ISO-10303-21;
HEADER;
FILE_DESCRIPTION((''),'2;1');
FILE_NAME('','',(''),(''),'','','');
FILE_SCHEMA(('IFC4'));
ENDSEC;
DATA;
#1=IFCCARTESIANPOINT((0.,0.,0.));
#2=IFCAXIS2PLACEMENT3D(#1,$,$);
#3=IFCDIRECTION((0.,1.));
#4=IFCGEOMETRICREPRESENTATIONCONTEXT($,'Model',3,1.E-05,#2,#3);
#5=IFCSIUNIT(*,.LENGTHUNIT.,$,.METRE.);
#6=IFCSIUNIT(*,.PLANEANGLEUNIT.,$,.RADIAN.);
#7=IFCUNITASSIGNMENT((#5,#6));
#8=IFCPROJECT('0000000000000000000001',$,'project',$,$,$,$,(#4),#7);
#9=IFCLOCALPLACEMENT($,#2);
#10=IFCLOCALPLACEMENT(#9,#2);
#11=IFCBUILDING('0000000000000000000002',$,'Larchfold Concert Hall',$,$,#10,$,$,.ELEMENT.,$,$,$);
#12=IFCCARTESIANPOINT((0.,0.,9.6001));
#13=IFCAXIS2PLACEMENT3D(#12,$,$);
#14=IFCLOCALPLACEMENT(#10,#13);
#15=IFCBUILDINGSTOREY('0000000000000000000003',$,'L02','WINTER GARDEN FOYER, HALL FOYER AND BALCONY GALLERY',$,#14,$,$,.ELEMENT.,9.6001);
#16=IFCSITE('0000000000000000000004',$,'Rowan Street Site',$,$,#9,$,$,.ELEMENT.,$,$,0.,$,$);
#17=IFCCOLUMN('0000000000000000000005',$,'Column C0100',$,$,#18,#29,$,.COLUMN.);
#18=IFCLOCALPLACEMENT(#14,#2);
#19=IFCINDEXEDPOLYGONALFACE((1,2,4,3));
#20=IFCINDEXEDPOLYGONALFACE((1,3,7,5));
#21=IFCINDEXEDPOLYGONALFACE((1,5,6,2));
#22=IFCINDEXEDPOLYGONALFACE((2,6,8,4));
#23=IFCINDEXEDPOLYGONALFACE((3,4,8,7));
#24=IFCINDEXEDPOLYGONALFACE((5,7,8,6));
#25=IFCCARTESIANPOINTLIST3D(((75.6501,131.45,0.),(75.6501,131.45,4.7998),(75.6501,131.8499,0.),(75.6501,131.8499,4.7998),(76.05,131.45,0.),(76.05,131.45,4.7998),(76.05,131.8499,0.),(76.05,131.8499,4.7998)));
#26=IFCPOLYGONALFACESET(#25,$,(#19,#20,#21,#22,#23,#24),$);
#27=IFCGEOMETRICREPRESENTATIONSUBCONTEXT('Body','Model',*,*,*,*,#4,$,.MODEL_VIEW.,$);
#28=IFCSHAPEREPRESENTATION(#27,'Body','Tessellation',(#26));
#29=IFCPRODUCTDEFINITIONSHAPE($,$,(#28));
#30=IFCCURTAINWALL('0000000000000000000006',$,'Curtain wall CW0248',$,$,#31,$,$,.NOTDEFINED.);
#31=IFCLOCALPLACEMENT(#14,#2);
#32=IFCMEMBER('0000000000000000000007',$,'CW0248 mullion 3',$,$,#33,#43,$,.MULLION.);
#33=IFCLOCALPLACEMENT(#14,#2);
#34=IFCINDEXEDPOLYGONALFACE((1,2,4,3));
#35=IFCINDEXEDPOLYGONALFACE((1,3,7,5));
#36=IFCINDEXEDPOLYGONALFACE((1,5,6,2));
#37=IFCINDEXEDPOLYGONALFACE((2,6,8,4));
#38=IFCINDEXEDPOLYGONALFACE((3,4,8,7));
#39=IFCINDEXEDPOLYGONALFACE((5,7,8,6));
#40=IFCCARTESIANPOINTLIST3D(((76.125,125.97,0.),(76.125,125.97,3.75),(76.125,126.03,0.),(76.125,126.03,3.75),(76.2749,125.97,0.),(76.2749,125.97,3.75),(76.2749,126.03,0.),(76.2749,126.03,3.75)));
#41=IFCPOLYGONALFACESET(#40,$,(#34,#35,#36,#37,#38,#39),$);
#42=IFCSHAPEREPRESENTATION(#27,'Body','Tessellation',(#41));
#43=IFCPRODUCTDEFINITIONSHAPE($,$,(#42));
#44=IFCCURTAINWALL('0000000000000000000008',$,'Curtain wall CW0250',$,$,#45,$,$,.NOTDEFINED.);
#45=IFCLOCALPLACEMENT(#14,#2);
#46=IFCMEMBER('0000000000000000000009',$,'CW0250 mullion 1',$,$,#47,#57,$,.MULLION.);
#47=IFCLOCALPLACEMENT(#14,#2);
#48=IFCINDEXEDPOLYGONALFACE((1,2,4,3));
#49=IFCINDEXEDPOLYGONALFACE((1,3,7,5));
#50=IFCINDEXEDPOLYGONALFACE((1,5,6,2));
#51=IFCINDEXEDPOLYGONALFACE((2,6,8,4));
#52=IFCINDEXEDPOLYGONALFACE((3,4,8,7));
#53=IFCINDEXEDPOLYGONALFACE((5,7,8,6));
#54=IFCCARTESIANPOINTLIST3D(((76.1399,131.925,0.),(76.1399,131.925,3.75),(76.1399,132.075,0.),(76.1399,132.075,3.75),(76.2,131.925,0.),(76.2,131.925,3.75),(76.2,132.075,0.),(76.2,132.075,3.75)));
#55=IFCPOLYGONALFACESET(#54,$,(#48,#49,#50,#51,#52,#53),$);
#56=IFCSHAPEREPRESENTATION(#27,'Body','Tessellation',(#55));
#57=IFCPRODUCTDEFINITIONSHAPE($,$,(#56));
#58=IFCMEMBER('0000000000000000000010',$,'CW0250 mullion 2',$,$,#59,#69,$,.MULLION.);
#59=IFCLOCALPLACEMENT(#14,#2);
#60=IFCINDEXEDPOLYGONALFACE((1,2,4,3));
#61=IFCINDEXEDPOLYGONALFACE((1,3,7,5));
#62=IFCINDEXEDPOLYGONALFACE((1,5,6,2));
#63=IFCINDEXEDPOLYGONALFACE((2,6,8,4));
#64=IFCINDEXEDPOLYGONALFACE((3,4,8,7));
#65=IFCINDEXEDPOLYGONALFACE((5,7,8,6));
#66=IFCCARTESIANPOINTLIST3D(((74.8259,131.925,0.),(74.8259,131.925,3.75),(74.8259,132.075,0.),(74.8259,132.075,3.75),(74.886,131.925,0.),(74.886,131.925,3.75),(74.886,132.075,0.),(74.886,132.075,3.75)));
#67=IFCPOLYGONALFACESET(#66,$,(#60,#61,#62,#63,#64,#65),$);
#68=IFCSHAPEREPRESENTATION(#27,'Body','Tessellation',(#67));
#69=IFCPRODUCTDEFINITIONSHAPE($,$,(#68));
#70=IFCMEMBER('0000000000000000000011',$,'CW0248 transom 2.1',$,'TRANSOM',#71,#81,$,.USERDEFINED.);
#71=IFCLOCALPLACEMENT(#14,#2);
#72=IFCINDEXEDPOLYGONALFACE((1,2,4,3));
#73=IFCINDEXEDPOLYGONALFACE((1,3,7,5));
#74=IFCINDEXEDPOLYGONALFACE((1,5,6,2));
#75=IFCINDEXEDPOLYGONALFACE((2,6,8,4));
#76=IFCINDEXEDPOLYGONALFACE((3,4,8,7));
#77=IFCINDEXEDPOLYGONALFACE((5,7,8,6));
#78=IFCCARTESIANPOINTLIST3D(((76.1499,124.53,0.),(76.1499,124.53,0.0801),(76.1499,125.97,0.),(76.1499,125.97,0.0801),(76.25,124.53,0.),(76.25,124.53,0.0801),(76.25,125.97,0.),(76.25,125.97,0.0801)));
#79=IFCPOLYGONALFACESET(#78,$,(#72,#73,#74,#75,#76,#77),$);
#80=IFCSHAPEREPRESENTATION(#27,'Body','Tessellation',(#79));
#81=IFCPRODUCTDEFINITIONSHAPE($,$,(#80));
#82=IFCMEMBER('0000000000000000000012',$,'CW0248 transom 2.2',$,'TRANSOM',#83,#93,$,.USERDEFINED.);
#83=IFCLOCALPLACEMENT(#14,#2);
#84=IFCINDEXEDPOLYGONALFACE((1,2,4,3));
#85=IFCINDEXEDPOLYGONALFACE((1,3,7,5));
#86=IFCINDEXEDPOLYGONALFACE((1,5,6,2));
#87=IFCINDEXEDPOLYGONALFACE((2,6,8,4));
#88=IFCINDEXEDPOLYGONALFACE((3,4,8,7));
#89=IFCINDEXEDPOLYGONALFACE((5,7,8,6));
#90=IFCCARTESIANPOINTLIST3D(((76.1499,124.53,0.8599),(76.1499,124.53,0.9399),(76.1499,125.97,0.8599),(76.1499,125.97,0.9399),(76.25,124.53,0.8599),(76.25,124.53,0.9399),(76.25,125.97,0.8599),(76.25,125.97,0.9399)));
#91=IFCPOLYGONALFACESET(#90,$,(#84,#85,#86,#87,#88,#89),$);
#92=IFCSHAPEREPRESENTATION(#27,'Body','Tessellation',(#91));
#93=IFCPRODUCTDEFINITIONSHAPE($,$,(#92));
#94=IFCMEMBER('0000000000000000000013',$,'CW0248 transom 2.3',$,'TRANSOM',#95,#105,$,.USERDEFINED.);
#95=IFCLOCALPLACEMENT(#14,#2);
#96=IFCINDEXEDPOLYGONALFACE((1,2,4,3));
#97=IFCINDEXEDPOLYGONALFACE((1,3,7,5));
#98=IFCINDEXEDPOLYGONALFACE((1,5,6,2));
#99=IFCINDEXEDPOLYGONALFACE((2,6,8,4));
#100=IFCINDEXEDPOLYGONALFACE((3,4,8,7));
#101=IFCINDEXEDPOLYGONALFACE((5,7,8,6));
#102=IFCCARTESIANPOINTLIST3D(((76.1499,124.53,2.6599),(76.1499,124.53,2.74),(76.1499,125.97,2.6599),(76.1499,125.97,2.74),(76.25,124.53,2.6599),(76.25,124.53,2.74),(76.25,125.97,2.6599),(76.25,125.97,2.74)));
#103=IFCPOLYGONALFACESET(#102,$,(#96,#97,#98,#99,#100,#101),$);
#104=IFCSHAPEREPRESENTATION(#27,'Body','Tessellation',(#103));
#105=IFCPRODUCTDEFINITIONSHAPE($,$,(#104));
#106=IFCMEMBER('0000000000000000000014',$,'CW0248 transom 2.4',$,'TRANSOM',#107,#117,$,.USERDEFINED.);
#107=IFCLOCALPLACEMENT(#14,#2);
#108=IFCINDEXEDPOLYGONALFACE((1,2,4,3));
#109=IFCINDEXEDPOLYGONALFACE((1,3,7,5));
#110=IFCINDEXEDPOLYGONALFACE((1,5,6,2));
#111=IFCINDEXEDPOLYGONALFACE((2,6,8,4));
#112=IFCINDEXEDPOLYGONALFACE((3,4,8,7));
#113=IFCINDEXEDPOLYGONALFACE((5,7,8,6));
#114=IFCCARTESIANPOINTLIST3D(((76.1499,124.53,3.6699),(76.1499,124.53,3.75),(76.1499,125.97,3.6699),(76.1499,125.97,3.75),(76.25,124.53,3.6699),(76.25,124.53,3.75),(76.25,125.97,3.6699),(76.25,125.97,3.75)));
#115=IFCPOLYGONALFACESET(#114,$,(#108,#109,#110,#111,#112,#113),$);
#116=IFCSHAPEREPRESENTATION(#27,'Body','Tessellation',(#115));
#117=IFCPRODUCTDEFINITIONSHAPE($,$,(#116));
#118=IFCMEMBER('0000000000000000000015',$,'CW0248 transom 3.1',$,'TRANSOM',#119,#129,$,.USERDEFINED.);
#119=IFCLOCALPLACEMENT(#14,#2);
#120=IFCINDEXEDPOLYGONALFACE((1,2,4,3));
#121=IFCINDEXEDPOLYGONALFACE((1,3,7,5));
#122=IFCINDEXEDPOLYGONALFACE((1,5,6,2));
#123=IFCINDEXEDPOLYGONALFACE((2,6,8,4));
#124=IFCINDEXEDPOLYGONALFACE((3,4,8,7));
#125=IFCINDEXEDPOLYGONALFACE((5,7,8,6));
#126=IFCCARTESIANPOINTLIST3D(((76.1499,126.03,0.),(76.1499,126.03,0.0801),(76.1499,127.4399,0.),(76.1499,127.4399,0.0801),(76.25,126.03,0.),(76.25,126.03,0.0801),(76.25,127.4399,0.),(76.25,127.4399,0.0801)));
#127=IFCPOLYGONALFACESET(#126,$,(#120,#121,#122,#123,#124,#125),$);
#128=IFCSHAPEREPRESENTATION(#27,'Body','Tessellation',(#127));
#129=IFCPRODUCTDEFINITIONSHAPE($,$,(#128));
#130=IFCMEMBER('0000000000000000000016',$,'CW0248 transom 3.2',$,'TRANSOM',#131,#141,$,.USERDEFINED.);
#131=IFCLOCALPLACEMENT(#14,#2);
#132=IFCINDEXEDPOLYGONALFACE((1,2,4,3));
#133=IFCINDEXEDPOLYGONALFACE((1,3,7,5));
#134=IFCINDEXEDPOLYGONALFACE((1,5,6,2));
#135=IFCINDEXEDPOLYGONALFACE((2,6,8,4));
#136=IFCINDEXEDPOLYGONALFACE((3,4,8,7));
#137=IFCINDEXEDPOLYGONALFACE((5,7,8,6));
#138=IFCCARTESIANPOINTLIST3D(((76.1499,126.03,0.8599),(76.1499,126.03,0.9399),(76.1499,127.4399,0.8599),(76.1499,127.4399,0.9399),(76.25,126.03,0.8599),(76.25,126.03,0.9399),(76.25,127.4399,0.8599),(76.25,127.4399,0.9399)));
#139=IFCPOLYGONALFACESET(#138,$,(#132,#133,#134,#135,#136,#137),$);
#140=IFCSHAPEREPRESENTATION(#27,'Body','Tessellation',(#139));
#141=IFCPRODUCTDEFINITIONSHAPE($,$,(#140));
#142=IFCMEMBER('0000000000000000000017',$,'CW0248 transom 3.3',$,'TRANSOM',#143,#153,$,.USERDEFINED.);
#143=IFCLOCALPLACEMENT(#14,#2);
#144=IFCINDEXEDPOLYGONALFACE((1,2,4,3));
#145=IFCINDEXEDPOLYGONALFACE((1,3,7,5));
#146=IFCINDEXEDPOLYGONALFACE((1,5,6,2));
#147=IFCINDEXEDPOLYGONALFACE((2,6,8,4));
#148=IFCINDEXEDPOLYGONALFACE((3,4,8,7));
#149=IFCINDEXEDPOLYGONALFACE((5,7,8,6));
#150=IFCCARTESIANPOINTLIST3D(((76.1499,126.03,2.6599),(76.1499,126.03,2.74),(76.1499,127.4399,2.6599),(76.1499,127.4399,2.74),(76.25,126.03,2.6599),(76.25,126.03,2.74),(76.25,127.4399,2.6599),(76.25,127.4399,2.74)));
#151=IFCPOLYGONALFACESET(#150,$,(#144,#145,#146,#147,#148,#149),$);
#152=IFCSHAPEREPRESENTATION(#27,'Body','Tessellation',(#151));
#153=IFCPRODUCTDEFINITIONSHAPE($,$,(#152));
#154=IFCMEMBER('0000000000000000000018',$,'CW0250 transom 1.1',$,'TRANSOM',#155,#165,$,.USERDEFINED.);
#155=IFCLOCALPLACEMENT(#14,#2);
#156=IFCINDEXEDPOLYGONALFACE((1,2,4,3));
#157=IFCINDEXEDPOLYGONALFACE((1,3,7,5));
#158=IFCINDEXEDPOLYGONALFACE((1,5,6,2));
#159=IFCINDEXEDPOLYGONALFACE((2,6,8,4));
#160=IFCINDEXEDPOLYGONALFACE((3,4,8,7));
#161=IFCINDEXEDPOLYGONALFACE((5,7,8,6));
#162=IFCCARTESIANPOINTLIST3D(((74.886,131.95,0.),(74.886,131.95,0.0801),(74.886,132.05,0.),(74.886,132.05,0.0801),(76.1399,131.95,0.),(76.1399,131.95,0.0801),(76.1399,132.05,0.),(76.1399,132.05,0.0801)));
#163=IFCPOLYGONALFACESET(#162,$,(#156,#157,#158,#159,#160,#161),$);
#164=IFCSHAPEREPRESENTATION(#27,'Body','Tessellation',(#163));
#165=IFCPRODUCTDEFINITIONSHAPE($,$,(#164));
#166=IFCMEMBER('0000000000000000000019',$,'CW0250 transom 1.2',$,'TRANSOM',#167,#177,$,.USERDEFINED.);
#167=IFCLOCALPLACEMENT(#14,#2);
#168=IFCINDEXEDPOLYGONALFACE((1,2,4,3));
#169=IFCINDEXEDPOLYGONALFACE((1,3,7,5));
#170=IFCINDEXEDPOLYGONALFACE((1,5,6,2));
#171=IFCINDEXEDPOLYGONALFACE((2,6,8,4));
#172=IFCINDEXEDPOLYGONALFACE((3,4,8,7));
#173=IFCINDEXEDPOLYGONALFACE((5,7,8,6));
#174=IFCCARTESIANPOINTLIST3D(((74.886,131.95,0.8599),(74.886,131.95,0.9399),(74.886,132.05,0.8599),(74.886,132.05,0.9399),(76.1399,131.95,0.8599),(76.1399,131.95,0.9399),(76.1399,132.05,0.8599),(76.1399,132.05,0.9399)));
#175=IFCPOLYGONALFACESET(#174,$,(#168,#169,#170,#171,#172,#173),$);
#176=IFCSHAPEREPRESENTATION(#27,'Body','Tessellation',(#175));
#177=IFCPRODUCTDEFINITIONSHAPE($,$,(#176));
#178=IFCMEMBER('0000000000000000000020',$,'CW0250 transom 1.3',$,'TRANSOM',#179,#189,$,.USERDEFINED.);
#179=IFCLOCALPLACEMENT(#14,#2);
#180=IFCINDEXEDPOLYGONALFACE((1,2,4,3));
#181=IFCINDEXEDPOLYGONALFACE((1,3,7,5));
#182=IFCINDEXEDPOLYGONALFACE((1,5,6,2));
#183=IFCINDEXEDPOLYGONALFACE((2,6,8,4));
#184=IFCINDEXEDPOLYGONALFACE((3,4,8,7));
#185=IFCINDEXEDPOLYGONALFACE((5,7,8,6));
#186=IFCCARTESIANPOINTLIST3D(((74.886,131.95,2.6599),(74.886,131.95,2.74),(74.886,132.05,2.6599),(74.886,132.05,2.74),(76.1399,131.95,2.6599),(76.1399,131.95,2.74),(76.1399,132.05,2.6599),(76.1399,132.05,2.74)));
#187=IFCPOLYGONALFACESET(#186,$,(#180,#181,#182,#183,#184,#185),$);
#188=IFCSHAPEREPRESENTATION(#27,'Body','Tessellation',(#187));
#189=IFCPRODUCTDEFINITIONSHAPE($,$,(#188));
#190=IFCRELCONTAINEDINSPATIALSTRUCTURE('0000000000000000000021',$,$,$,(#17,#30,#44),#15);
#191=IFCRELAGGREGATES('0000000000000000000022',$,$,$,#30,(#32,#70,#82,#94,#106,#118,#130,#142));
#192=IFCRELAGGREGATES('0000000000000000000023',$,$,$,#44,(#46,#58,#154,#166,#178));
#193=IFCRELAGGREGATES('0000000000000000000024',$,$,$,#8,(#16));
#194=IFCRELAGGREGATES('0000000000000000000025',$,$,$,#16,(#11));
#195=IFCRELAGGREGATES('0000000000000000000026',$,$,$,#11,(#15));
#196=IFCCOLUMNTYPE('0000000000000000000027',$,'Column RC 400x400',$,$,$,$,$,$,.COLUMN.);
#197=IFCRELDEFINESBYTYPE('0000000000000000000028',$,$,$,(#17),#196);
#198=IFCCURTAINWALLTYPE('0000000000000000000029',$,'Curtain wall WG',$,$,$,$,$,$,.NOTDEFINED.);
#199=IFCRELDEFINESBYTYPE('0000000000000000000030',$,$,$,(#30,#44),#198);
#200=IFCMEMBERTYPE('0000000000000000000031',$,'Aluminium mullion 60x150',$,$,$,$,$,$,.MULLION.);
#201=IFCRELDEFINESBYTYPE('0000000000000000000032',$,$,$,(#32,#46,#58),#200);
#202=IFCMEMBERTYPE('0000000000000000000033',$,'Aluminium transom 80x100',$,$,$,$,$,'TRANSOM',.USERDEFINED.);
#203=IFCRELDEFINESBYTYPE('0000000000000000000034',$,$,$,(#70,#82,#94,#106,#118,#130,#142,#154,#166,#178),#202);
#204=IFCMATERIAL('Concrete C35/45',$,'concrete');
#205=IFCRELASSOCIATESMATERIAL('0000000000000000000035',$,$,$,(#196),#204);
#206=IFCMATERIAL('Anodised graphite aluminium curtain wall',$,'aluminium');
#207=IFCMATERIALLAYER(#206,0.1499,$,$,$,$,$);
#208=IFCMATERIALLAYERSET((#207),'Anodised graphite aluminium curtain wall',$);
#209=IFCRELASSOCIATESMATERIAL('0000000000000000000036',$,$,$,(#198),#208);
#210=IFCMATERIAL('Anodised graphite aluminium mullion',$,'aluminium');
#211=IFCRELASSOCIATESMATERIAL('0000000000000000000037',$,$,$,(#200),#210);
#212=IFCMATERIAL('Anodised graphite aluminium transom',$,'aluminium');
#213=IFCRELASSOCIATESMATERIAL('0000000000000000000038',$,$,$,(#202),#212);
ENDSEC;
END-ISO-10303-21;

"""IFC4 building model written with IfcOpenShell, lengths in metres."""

from ifc_helpers import new_model, si_unit, direction, frame, origin, origin_2d, place, context, subcontext, project, spatial, rectangle, extrude, material, layer, layer_set, material_profile, profile_set, type_object, element, aggregate, save


model = new_model("IFC4")

# Units and contexts
model_context = context("Model", 3, precision=1e-05, world=origin(), true_north=direction((0.0, 1.0)))
body_context = subcontext(model_context, "Body", "Model", "MODEL_VIEW")
ifc_project = project(units=[si_unit("LENGTHUNIT", "METRE"), si_unit("PLANEANGLEUNIT", "RADIAN")], contexts=[model_context])

# Site, building, storey
site_placement = place(None, origin())
site = spatial("IfcSite", under=ifc_project, at=site_placement, Name="Rowan Street Site", CompositionType="ELEMENT", RefElevation=0.0)
building_placement = place(site_placement, origin())
building = spatial("IfcBuilding", under=site, at=building_placement, Name="Larchfold Concert Hall", CompositionType="ELEMENT")
storey_placement = place(building_placement, frame((0.0, 0.0, 9.6001)))
storey = spatial("IfcBuildingStorey", under=building, at=storey_placement, Name="L02", Description="WINTER GARDEN FOYER, HALL FOYER AND BALCONY GALLERY", CompositionType="ELEMENT", Elevation=9.6001)

# Column
ifc_material_1 = material(Name="Concrete C35/45", Category="concrete")
ifc_material_profile_1 = material_profile(ifc_material_1, rectangle(XDim=0.3999, YDim=0.3999, at=origin_2d()))
ifc_profile_set_1 = profile_set([ifc_material_profile_1], Name="Concrete C35/45")
column_type = type_object("IfcColumnType", Name="Column RC 400x400", PredefinedType="COLUMN", material=ifc_profile_set_1)
column_placement = place(storey_placement, frame((75.8501, 131.6499, 0.0), z_axis=(0.0, 0.0, 1.0), x_axis=(1.0, 0.0, 0.0)))
element("IfcColumn", 1, at=column_placement, inside=storey, type_object=column_type, Name="Column C0100", PredefinedType="COLUMN", context=body_context, shape_type="SweptSolid", body=[
    extrude(rectangle(XDim=0.3999, YDim=0.3999, at=origin_2d()), origin(), (0.0, 0.0, 1.0), 4.7998),
])

# Curtain wall, member
ifc_material_2 = material(Name="Anodised graphite aluminium curtain wall", Category="aluminium")
ifc_layer_1 = layer(ifc_material_2, 0.1499)
ifc_layer_set_1 = layer_set([ifc_layer_1], Name="Anodised graphite aluminium curtain wall")
curtain_wall_type = type_object("IfcCurtainWallType", Name="Curtain wall WG", PredefinedType="NOTDEFINED", material=ifc_layer_set_1)
curtain_wall_1_placement = place(storey_placement, origin())
curtain_wall_1 = element("IfcCurtainWall", 2, at=curtain_wall_1_placement, inside=storey, type_object=curtain_wall_type, Name="Curtain wall CW0248", PredefinedType="NOTDEFINED")
ifc_material_3 = material(Name="Anodised graphite aluminium mullion", Category="aluminium")
ifc_material_profile_2 = material_profile(ifc_material_3, rectangle(XDim=0.1499, YDim=0.0601, at=origin_2d()))
ifc_profile_set_2 = profile_set([ifc_material_profile_2], Name="Anodised graphite aluminium mullion")
member_type_1 = type_object("IfcMemberType", Name="Aluminium mullion 60x150", PredefinedType="MULLION", material=ifc_profile_set_2)
member_1_placement = place(storey_placement, frame((76.2, 126.0, 0.0), z_axis=(0.0, 0.0, 1.0), x_axis=(-1.0, 0.0, 0.0)))
member_1 = element("IfcMember", 3, at=member_1_placement, type_object=member_type_1, Name="CW0248 mullion 3", PredefinedType="MULLION", context=body_context, shape_type="SweptSolid", body=[
    extrude(rectangle(XDim=0.1499, YDim=0.0601, at=origin_2d()), origin(), (0.0, 0.0, 1.0), 3.75),
])

# Curtain wall, members
curtain_wall_2_placement = place(storey_placement, origin())
curtain_wall_2 = element("IfcCurtainWall", 4, at=curtain_wall_2_placement, inside=storey, type_object=curtain_wall_type, Name="Curtain wall CW0250", PredefinedType="NOTDEFINED")
member_2_placement = place(storey_placement, frame((76.1699, 132.0, 0.0), z_axis=(0.0, 0.0, 1.0), x_axis=(0.0, -1.0, 0.0)))
member_2 = element("IfcMember", 5, at=member_2_placement, type_object=member_type_1, Name="CW0250 mullion 1", PredefinedType="MULLION", context=body_context, shape_type="SweptSolid", body=[
    extrude(rectangle(XDim=0.1499, YDim=0.0601, at=origin_2d()), origin(), (0.0, 0.0, 1.0), 3.75),
])
member_3_placement = place(storey_placement, frame((74.856, 132.0, 0.0), z_axis=(0.0, 0.0, 1.0), x_axis=(0.0, -1.0, 0.0)))
member_3 = element("IfcMember", 6, at=member_3_placement, type_object=member_type_1, Name="CW0250 mullion 2", PredefinedType="MULLION", context=body_context, shape_type="SweptSolid", body=[
    extrude(rectangle(XDim=0.1499, YDim=0.0601, at=origin_2d()), origin(), (0.0, 0.0, 1.0), 3.75),
])

# Members
ifc_material_4 = material(Name="Anodised graphite aluminium transom", Category="aluminium")
ifc_material_profile_3 = material_profile(ifc_material_4, rectangle(XDim=0.1001, YDim=0.0801, at=origin_2d()))
ifc_profile_set_3 = profile_set([ifc_material_profile_3], Name="Anodised graphite aluminium transom")
member_type_2 = type_object("IfcMemberType", Name="Aluminium transom 80x100", ElementType="TRANSOM", PredefinedType="USERDEFINED", material=ifc_profile_set_3)
member_4_placement = place(storey_placement, frame((76.2, 124.53, 0.04), z_axis=(0.0, 1.0, 0.0), x_axis=(-1.0, 0.0, 0.0)))
member_4 = element("IfcMember", 7, at=member_4_placement, type_object=member_type_2, Name="CW0248 transom 2.1", ObjectType="TRANSOM", PredefinedType="USERDEFINED", context=body_context, shape_type="SweptSolid", body=[
    extrude(rectangle(XDim=0.1001, YDim=0.0801, at=origin_2d()), origin(), (0.0, 0.0, 1.0), 1.4399),
])
member_5_placement = place(storey_placement, frame((76.2, 124.53, 0.8999), z_axis=(0.0, 1.0, 0.0), x_axis=(-1.0, 0.0, 0.0)))
member_5 = element("IfcMember", 8, at=member_5_placement, type_object=member_type_2, Name="CW0248 transom 2.2", ObjectType="TRANSOM", PredefinedType="USERDEFINED", context=body_context, shape_type="SweptSolid", body=[
    extrude(rectangle(XDim=0.1001, YDim=0.0801, at=origin_2d()), origin(), (0.0, 0.0, 1.0), 1.4399),
])
member_6_placement = place(storey_placement, frame((76.2, 124.53, 2.7), z_axis=(0.0, 1.0, 0.0), x_axis=(-1.0, 0.0, 0.0)))
member_6 = element("IfcMember", 9, at=member_6_placement, type_object=member_type_2, Name="CW0248 transom 2.3", ObjectType="TRANSOM", PredefinedType="USERDEFINED", context=body_context, shape_type="SweptSolid", body=[
    extrude(rectangle(XDim=0.1001, YDim=0.0801, at=origin_2d()), origin(), (0.0, 0.0, 1.0), 1.4399),
])
member_7_placement = place(storey_placement, frame((76.2, 124.53, 3.71), z_axis=(0.0, 1.0, 0.0), x_axis=(-1.0, 0.0, 0.0)))
member_7 = element("IfcMember", 10, at=member_7_placement, type_object=member_type_2, Name="CW0248 transom 2.4", ObjectType="TRANSOM", PredefinedType="USERDEFINED", context=body_context, shape_type="SweptSolid", body=[
    extrude(rectangle(XDim=0.1001, YDim=0.0801, at=origin_2d()), origin(), (0.0, 0.0, 1.0), 1.4399),
])
member_8_placement = place(storey_placement, frame((76.2, 126.03, 0.04), z_axis=(0.0, 1.0, 0.0), x_axis=(-1.0, 0.0, 0.0)))
member_8 = element("IfcMember", 11, at=member_8_placement, type_object=member_type_2, Name="CW0248 transom 3.1", ObjectType="TRANSOM", PredefinedType="USERDEFINED", context=body_context, shape_type="SweptSolid", body=[
    extrude(rectangle(XDim=0.1001, YDim=0.0801, at=origin_2d()), origin(), (0.0, 0.0, 1.0), 1.4099),
])
member_9_placement = place(storey_placement, frame((76.2, 126.03, 0.8999), z_axis=(0.0, 1.0, 0.0), x_axis=(-1.0, 0.0, 0.0)))
member_9 = element("IfcMember", 12, at=member_9_placement, type_object=member_type_2, Name="CW0248 transom 3.2", ObjectType="TRANSOM", PredefinedType="USERDEFINED", context=body_context, shape_type="SweptSolid", body=[
    extrude(rectangle(XDim=0.1001, YDim=0.0801, at=origin_2d()), origin(), (0.0, 0.0, 1.0), 1.4099),
])
member_10_placement = place(storey_placement, frame((76.2, 126.03, 2.7), z_axis=(0.0, 1.0, 0.0), x_axis=(-1.0, 0.0, 0.0)))
member_10 = element("IfcMember", 13, at=member_10_placement, type_object=member_type_2, Name="CW0248 transom 3.3", ObjectType="TRANSOM", PredefinedType="USERDEFINED", context=body_context, shape_type="SweptSolid", body=[
    extrude(rectangle(XDim=0.1001, YDim=0.0801, at=origin_2d()), origin(), (0.0, 0.0, 1.0), 1.4099),
])
member_11_placement = place(storey_placement, frame((76.1399, 132.0, 0.04), z_axis=(-1.0, 0.0, 0.0), x_axis=(0.0, -1.0, 0.0)))
member_11 = element("IfcMember", 14, at=member_11_placement, type_object=member_type_2, Name="CW0250 transom 1.1", ObjectType="TRANSOM", PredefinedType="USERDEFINED", context=body_context, shape_type="SweptSolid", body=[
    extrude(rectangle(XDim=0.1001, YDim=0.0801, at=origin_2d()), origin(), (0.0, 0.0, 1.0), 1.2539),
])
member_12_placement = place(storey_placement, frame((76.1399, 132.0, 0.8999), z_axis=(-1.0, 0.0, 0.0), x_axis=(0.0, -1.0, 0.0)))
member_12 = element("IfcMember", 15, at=member_12_placement, type_object=member_type_2, Name="CW0250 transom 1.2", ObjectType="TRANSOM", PredefinedType="USERDEFINED", context=body_context, shape_type="SweptSolid", body=[
    extrude(rectangle(XDim=0.1001, YDim=0.0801, at=origin_2d()), origin(), (0.0, 0.0, 1.0), 1.2539),
])
member_13_placement = place(storey_placement, frame((76.1399, 132.0, 2.7), z_axis=(-1.0, 0.0, 0.0), x_axis=(0.0, -1.0, 0.0)))
member_13 = element("IfcMember", 16, at=member_13_placement, type_object=member_type_2, Name="CW0250 transom 1.3", ObjectType="TRANSOM", PredefinedType="USERDEFINED", context=body_context, shape_type="SweptSolid", body=[
    extrude(rectangle(XDim=0.1001, YDim=0.0801, at=origin_2d()), origin(), (0.0, 0.0, 1.0), 1.2539),
])

aggregate(curtain_wall_1, [member_1, member_4, member_5, member_6, member_7, member_8, member_9, member_10])
aggregate(curtain_wall_2, [member_2, member_3, member_11, member_12, member_13])

save(model, "model.ifc")
